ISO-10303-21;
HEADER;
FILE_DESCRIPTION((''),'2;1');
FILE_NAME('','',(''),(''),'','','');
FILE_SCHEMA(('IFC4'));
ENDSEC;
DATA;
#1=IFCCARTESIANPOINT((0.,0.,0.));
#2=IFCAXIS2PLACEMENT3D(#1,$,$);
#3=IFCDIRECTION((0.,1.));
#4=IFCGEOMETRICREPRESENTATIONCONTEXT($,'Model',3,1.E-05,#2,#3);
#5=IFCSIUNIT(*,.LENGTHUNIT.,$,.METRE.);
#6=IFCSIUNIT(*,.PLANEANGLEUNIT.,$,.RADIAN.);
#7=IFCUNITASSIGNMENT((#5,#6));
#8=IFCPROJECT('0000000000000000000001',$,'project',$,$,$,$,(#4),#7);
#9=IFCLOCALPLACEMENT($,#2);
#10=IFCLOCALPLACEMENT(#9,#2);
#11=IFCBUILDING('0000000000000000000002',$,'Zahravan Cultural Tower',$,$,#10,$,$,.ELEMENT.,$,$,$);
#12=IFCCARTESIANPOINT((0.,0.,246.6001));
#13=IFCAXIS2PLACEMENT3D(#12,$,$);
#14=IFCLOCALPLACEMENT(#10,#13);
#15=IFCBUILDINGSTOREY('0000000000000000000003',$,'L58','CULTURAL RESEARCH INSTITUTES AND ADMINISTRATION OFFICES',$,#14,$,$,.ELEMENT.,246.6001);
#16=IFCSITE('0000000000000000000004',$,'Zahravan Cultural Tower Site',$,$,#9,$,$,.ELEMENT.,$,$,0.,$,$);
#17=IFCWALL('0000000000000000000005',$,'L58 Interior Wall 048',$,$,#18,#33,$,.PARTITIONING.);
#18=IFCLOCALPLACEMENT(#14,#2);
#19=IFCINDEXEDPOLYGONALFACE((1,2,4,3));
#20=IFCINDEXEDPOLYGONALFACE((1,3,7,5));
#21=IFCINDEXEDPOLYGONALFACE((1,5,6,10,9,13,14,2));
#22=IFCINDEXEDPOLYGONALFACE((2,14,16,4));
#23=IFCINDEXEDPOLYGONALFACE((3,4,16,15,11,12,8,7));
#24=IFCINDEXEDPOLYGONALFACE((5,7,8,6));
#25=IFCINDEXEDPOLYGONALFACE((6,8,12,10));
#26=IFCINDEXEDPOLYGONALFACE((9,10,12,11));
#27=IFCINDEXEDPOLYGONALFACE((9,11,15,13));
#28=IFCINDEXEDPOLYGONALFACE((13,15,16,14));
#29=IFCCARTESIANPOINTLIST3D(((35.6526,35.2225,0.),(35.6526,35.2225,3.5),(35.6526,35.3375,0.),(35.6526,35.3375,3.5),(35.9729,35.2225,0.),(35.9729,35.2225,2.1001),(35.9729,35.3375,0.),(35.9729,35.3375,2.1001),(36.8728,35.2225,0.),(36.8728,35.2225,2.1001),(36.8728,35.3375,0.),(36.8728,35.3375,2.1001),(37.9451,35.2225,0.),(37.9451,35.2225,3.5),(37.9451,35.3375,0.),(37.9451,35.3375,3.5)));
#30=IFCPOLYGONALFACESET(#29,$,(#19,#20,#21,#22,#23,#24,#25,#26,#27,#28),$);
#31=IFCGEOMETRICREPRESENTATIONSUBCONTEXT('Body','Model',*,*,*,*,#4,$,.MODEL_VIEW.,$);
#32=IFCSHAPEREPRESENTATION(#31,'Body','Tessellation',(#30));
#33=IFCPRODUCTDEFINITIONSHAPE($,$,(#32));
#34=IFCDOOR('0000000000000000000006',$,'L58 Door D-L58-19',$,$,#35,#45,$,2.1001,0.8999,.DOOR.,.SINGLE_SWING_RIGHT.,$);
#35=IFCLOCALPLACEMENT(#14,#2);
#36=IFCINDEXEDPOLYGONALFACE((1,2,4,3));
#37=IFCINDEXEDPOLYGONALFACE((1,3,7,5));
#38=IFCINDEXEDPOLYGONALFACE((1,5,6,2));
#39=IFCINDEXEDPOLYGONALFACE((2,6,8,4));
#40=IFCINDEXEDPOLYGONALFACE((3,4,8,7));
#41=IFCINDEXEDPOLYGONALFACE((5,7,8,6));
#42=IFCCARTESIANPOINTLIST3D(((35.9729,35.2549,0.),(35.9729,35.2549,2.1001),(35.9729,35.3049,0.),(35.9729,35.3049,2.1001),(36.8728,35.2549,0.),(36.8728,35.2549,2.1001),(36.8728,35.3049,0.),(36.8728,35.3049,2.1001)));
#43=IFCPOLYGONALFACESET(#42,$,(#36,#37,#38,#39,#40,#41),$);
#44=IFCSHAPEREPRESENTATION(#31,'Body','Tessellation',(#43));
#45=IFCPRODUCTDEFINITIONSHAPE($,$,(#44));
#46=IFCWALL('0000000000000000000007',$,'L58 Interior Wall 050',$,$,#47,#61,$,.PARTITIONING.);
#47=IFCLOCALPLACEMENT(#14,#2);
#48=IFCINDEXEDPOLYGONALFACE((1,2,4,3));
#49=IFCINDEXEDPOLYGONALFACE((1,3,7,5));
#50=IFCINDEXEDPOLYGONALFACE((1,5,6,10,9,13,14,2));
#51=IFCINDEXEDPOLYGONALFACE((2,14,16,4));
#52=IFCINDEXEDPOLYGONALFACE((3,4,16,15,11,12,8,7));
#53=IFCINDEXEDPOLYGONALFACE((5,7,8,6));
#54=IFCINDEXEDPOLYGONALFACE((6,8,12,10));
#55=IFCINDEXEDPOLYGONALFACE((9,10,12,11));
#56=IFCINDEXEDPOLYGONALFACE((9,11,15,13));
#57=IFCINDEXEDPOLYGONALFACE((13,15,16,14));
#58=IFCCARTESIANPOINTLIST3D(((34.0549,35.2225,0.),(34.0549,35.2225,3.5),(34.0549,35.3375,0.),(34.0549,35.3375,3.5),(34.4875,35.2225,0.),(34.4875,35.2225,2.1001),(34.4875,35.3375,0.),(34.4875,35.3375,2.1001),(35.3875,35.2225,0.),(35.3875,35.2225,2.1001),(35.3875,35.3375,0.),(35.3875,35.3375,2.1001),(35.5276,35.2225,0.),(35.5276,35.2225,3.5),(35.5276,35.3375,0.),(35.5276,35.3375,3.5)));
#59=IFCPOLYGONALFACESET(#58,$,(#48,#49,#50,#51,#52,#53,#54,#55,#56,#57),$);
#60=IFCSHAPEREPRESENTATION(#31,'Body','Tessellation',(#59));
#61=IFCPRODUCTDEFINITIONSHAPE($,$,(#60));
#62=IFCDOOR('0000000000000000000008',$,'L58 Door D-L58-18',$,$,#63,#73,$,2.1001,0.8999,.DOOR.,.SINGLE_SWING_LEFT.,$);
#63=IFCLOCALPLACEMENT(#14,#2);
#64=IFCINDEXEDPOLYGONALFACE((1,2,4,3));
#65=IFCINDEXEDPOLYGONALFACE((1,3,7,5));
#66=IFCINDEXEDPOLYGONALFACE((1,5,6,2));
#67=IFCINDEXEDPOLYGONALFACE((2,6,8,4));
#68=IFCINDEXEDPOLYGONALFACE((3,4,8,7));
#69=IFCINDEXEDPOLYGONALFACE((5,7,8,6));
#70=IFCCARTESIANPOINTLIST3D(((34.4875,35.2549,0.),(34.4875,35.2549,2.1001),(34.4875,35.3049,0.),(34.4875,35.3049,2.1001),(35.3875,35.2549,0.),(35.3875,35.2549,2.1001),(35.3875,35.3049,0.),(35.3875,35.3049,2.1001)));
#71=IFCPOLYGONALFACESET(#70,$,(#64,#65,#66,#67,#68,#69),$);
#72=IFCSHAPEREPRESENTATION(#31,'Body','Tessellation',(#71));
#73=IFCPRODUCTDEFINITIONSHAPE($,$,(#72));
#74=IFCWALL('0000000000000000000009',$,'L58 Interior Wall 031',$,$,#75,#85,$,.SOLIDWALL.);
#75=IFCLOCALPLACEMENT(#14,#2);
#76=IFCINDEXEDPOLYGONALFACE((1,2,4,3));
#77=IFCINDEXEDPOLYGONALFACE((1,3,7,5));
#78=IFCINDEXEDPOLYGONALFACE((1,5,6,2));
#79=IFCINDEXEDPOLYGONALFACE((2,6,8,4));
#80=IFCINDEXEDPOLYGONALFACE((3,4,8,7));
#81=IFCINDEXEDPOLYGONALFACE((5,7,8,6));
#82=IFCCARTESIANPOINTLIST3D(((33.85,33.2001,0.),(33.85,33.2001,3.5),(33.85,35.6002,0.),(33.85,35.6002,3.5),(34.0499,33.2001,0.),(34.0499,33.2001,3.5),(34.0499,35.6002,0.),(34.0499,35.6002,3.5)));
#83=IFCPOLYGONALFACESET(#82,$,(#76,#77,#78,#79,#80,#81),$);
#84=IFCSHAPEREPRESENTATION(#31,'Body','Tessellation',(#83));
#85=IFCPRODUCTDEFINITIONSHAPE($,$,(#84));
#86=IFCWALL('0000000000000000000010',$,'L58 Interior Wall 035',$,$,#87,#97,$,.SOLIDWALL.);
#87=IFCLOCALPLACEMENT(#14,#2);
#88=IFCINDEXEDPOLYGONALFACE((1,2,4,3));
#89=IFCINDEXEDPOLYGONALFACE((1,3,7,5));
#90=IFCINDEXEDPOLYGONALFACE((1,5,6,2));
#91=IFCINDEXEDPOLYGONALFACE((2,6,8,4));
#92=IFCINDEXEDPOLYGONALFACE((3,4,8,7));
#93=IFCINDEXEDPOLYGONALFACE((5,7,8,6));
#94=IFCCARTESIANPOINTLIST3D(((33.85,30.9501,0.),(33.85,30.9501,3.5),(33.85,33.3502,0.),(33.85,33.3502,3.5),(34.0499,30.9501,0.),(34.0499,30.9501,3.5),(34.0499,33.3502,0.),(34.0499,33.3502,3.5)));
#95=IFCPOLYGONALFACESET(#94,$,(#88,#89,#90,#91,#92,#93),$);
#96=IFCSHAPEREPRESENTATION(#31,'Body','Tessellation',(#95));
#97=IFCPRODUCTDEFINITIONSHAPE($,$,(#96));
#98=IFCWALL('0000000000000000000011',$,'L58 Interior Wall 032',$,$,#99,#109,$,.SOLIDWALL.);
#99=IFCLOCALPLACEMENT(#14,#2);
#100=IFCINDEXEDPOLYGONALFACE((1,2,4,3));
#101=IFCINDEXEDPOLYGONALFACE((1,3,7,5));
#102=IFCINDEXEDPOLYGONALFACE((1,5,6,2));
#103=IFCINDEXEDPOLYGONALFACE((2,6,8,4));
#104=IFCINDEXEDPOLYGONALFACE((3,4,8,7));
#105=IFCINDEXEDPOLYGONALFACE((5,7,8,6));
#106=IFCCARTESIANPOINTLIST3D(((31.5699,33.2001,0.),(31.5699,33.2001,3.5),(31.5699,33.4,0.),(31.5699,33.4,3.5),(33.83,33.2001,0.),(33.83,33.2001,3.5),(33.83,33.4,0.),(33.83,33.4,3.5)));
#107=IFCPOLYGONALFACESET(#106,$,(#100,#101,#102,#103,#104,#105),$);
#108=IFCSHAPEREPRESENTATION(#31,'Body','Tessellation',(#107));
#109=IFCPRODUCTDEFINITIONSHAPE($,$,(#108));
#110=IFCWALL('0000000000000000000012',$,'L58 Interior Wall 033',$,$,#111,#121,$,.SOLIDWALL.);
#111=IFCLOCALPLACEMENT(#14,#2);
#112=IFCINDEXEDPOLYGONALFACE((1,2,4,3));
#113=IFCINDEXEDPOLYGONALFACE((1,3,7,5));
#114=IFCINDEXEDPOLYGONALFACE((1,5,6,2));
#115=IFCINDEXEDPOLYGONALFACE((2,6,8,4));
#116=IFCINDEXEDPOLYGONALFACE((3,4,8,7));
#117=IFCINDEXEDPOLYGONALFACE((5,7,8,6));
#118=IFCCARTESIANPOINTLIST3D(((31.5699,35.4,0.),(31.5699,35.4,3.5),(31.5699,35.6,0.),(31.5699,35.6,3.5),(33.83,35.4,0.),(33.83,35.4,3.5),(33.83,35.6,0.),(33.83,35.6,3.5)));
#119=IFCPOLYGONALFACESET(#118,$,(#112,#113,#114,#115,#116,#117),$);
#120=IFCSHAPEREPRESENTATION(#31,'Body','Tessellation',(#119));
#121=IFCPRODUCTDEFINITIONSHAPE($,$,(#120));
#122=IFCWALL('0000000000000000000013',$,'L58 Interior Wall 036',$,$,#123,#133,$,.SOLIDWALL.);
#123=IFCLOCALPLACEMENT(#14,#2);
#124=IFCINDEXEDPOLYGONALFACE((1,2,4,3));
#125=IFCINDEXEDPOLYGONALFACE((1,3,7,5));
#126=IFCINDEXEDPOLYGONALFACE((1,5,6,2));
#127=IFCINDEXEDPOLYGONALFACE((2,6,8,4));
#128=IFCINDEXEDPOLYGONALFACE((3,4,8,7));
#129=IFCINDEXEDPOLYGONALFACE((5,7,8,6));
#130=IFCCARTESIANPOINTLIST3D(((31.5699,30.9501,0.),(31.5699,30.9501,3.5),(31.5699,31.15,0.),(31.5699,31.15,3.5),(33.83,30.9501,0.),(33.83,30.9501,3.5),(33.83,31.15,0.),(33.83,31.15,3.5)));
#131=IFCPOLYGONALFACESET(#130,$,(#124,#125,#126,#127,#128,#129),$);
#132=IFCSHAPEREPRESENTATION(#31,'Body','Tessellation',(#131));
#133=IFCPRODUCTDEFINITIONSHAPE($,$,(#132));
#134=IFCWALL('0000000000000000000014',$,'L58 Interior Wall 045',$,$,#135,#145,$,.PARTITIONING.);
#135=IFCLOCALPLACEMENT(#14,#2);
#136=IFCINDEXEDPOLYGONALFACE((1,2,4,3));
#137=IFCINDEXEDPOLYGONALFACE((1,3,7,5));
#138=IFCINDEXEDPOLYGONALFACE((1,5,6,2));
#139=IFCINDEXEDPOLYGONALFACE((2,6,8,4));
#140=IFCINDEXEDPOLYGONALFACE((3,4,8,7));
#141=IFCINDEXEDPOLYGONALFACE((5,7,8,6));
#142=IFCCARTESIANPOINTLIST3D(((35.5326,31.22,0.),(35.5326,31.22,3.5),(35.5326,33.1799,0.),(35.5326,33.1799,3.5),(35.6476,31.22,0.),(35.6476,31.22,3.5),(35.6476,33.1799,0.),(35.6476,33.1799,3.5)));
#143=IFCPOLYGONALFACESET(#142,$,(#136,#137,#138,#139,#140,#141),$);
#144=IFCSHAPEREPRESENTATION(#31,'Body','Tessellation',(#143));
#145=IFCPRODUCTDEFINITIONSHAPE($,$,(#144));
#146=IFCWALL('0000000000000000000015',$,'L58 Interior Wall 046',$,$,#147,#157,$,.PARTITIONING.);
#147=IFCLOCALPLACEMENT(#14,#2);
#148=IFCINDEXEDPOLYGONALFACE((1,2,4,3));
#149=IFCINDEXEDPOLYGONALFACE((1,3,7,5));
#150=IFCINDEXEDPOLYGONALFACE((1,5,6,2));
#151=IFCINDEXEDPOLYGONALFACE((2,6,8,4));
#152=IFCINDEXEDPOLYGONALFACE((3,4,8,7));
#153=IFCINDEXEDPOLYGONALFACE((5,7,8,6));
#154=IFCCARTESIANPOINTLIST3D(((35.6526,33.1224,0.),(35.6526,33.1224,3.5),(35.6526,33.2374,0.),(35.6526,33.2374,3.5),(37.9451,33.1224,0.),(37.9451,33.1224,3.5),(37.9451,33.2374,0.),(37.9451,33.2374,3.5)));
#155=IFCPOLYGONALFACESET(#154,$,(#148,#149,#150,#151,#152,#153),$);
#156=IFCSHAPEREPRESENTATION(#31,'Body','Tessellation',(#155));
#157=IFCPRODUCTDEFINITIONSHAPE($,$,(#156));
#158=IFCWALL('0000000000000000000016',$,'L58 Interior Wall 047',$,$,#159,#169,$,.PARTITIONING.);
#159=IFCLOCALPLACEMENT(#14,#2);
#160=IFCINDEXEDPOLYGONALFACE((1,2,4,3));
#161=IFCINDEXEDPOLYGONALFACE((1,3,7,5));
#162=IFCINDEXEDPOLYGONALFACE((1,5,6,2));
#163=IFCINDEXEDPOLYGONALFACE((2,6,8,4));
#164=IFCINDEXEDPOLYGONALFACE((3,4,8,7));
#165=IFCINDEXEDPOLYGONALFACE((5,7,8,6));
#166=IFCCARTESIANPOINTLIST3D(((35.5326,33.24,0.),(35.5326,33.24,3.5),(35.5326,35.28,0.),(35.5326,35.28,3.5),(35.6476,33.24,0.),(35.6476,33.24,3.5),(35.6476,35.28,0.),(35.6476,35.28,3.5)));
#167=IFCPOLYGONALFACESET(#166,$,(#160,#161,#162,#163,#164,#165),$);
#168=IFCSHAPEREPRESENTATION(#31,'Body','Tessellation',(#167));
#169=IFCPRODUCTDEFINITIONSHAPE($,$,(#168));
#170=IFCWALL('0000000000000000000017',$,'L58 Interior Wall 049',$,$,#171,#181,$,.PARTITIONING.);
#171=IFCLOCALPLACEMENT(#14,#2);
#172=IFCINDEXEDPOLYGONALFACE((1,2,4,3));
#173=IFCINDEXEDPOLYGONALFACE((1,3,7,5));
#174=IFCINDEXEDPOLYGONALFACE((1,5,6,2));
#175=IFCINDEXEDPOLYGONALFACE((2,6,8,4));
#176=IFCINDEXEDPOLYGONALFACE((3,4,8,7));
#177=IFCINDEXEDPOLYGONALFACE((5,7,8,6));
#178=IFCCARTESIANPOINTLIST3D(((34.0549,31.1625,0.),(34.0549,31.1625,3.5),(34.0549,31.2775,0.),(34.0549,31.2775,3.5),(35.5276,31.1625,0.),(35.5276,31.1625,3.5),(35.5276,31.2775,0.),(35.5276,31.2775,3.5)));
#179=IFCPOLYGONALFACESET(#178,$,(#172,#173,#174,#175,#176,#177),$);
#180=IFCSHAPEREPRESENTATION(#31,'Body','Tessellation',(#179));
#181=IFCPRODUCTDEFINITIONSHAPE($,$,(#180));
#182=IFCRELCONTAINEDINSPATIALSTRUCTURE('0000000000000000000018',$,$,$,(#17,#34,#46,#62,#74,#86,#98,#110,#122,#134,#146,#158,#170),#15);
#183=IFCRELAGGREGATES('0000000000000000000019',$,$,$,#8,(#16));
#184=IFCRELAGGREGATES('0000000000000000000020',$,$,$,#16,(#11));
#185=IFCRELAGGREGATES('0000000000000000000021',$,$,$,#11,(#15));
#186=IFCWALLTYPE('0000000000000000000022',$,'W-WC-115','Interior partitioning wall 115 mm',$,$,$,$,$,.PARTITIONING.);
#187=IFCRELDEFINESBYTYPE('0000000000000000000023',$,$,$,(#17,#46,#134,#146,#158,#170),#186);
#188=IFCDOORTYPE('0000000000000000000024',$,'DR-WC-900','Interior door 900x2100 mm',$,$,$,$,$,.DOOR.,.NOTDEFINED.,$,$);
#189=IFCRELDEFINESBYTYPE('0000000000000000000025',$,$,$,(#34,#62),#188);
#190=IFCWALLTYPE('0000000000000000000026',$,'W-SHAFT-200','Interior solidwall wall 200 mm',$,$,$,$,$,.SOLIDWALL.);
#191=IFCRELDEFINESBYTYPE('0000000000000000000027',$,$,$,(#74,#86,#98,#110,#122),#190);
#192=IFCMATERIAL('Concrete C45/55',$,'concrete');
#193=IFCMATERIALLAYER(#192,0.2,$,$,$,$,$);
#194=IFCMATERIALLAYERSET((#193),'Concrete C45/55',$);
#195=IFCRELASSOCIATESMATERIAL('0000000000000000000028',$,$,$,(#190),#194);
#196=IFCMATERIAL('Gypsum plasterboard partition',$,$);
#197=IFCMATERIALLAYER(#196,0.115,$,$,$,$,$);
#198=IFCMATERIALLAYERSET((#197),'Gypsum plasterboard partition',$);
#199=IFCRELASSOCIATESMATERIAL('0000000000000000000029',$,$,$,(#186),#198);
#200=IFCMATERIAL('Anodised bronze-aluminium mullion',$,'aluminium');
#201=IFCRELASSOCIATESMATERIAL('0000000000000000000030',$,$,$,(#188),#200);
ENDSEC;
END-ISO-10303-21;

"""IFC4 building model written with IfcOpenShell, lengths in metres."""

from ifc_helpers import new_model, si_unit, direction, frame, frame_2d, origin, place, context, subcontext, project, spatial, rectangle, extrude, source, transform, mapped, material, layer, layer_set, type_object, element, fill, save


model = new_model("IFC4")

# Units and contexts
model_context = context("Model", 3, precision=1e-05, world=origin(), true_north=direction((0.0, 1.0)))
body_context = subcontext(model_context, "Body", "Model", "MODEL_VIEW")
ifc_project = project(units=[si_unit("LENGTHUNIT", "METRE"), si_unit("PLANEANGLEUNIT", "RADIAN")], contexts=[model_context])

# Site, building, storey
site_placement = place(None, origin())
site = spatial("IfcSite", under=ifc_project, at=site_placement, Name="Zahravan Cultural Tower Site", CompositionType="ELEMENT", RefElevation=0.0)
building_placement = place(site_placement, origin())
building = spatial("IfcBuilding", under=site, at=building_placement, Name="Zahravan Cultural Tower", CompositionType="ELEMENT")
storey_placement = place(building_placement, frame((0.0, 0.0, 246.6001)))
storey = spatial("IfcBuildingStorey", under=building, at=storey_placement, Name="L58", Description="CULTURAL RESEARCH INSTITUTES AND ADMINISTRATION OFFICES", CompositionType="ELEMENT", Elevation=246.6001)

# Walls, openings, doors
ifc_material_1 = material(Name="Gypsum plasterboard partition")
ifc_material_2 = material(Name="Anodised bronze-aluminium mullion", Category="aluminium")
ifc_material_3 = material(Name="Concrete C45/55", Category="concrete")
ifc_layer_1 = layer(ifc_material_3, 0.2)
ifc_layer_set_1 = layer_set([ifc_layer_1], Name="Concrete C45/55")
wall_type_1 = type_object("IfcWallType", Name="W-SHAFT-200", Description="Interior solidwall wall 200 mm", PredefinedType="SOLIDWALL", material=ifc_layer_set_1)
ifc_layer_2 = layer(ifc_material_1, 0.115)
ifc_layer_set_2 = layer_set([ifc_layer_2], Name="Gypsum plasterboard partition")
wall_type_2 = type_object("IfcWallType", Name="W-WC-115", Description="Interior partitioning wall 115 mm", PredefinedType="PARTITIONING", material=ifc_layer_set_2)
wall_1_placement = place(storey_placement, frame((35.6526, 35.28, 0.0), z_axis=(0.0, 0.0, 1.0), x_axis=(1.0, 0.0, 0.0)))
wall_1 = element("IfcWall", 1, at=wall_1_placement, inside=storey, type_object=wall_type_2, Name="L58 Interior Wall 048", PredefinedType="PARTITIONING", context=body_context, shape_type="SweptSolid", body=[
    extrude(rectangle(XDim=2.2925, YDim=0.115, at=frame_2d((1.1462, 0.0))), origin(), (0.0, 0.0, 1.0), 3.5),
])
opening_1_placement = place(wall_1_placement, frame((0.3203, 0.0, 0.0)))
opening_1 = element("IfcOpeningElement", 2, at=opening_1_placement, cuts=wall_1, PredefinedType="OPENING", context=body_context, shape_type="SweptSolid", body=[
    extrude(rectangle(XDim=0.8999, YDim=2.1001, at=frame_2d((0.45, 1.05))), frame((0.0, 0.0674, 0.0), z_axis=(0.0, -1.0, 0.0), x_axis=(1.0, 0.0, 0.0)), (0.0, 0.0, 1.0), 0.135),
])
door_type_1 = type_object("IfcDoorType", Name="DR-WC-900", Description="Interior door 900x2100 mm", OperationType="NOTDEFINED", PredefinedType="DOOR", material=ifc_material_2)
shared_shape_1 = source(origin(), body_context, "Body", "SweptSolid", [
    extrude(rectangle(XDim=0.8999, YDim=2.1001, at=frame_2d((0.45, 1.05))), frame((0.0, 0.0249, 0.0), z_axis=(0.0, -1.0, 0.0), x_axis=(1.0, 0.0, 0.0)), (0.0, 0.0, 1.0), 0.05),
])
door_1_placement = place(opening_1_placement, origin())
door_1 = element("IfcDoor", 3, at=door_1_placement, inside=storey, type_object=door_type_1, Name="L58 Door D-L58-19", OperationType="SINGLE_SWING_RIGHT", OverallHeight=2.1001, OverallWidth=0.8999, PredefinedType="DOOR", context=body_context, shape_type="MappedRepresentation", body=[
    mapped(shared_shape_1, transform((0.0, 0.0, 0.0), x_axis=(1.0, 0.0, 0.0), y_axis=(0.0, 1.0, 0.0), z_axis=(0.0, 0.0, 1.0), scale=1.0)),
])
fill(opening_1, door_1)
wall_2_placement = place(storey_placement, frame((34.0549, 35.28, 0.0), z_axis=(0.0, 0.0, 1.0), x_axis=(1.0, 0.0, 0.0)))
wall_2 = element("IfcWall", 4, at=wall_2_placement, inside=storey, type_object=wall_type_2, Name="L58 Interior Wall 050", PredefinedType="PARTITIONING", context=body_context, shape_type="SweptSolid", body=[
    extrude(rectangle(XDim=1.4727, YDim=0.115, at=frame_2d((0.7363, 0.0))), origin(), (0.0, 0.0, 1.0), 3.5),
])
opening_2_placement = place(wall_2_placement, frame((0.4326, 0.0, 0.0)))
opening_2 = element("IfcOpeningElement", 5, at=opening_2_placement, cuts=wall_2, PredefinedType="OPENING", context=body_context, shape_type="SweptSolid", body=[
    extrude(rectangle(XDim=0.8999, YDim=2.1001, at=frame_2d((0.45, 1.05))), frame((0.0, 0.0674, 0.0), z_axis=(0.0, -1.0, 0.0), x_axis=(1.0, 0.0, 0.0)), (0.0, 0.0, 1.0), 0.135),
])
door_2_placement = place(opening_2_placement, origin())
door_2 = element("IfcDoor", 6, at=door_2_placement, inside=storey, type_object=door_type_1, Name="L58 Door D-L58-18", OperationType="SINGLE_SWING_LEFT", OverallHeight=2.1001, OverallWidth=0.8999, PredefinedType="DOOR", context=body_context, shape_type="MappedRepresentation", body=[
    mapped(shared_shape_1, transform((0.0, 0.0, 0.0), x_axis=(1.0, 0.0, 0.0), y_axis=(0.0, 1.0, 0.0), z_axis=(0.0, 0.0, 1.0), scale=1.0)),
])
fill(opening_2, door_2)

# Walls
shared_shape_2 = source(origin(), body_context, "Body", "SweptSolid", [
    extrude(rectangle(XDim=2.4001, YDim=0.2, at=frame_2d((1.2002, 0.0))), origin(), (0.0, 0.0, 1.0), 3.5),
])
for number, where, z_axis, x_axis, name in (
    (7, (33.95, 33.2, 0.0), (0.0, 0.0, 1.0), (0.0, 1.0, 0.0), "L58 Interior Wall 031"),
    (8, (33.95, 30.95, 0.0), (0.0, 0.0, 1.0), (0.0, 1.0, 0.0), "L58 Interior Wall 035"),
):
    element("IfcWall", number, at=place(storey_placement, frame(where, z_axis=z_axis, x_axis=x_axis)), inside=storey, type_object=wall_type_1, Name=name, PredefinedType="SOLIDWALL", context=body_context, shape_type="MappedRepresentation", body=[
        mapped(shared_shape_2, transform((0.0, 0.0, 0.0), x_axis=(1.0, 0.0, 0.0), y_axis=(0.0, 1.0, 0.0), z_axis=(0.0, 0.0, 1.0), scale=1.0)),
    ])
shared_shape_3 = source(origin(), body_context, "Body", "SweptSolid", [
    extrude(rectangle(XDim=2.26, YDim=0.2, at=frame_2d((1.1299, 0.0))), origin(), (0.0, 0.0, 1.0), 3.5),
])
for number, where, z_axis, x_axis, name in (
    (9, (31.5701, 33.3, 0.0), (0.0, 0.0, 1.0), (1.0, 0.0, 0.0), "L58 Interior Wall 032"),
    (10, (31.5701, 35.5, 0.0), (0.0, 0.0, 1.0), (1.0, 0.0, 0.0), "L58 Interior Wall 033"),
    (11, (31.5701, 31.05, 0.0), (0.0, 0.0, 1.0), (1.0, 0.0, 0.0), "L58 Interior Wall 036"),
):
    element("IfcWall", number, at=place(storey_placement, frame(where, z_axis=z_axis, x_axis=x_axis)), inside=storey, type_object=wall_type_1, Name=name, PredefinedType="SOLIDWALL", context=body_context, shape_type="MappedRepresentation", body=[
        mapped(shared_shape_3, transform((0.0, 0.0, 0.0), x_axis=(1.0, 0.0, 0.0), y_axis=(0.0, 1.0, 0.0), z_axis=(0.0, 0.0, 1.0), scale=1.0)),
    ])
shared_shape_4 = source(origin(), body_context, "Body", "SweptSolid", [
    extrude(rectangle(XDim=1.96, YDim=0.115, at=frame_2d((0.98, 0.0))), origin(), (0.0, 0.0, 1.0), 3.5),
])
wall_3_placement = place(storey_placement, frame((35.5901, 31.22, 0.0), z_axis=(0.0, 0.0, 1.0), x_axis=(0.0, 1.0, 0.0)))
element("IfcWall", 12, at=wall_3_placement, inside=storey, type_object=wall_type_2, Name="L58 Interior Wall 045", PredefinedType="PARTITIONING", context=body_context, shape_type="MappedRepresentation", body=[
    mapped(shared_shape_4, transform((0.0, 0.0, 0.0), x_axis=(1.0, 0.0, 0.0), y_axis=(0.0, 1.0, 0.0), z_axis=(0.0, 0.0, 1.0), scale=1.0)),
])
shared_shape_5 = source(origin(), body_context, "Body", "SweptSolid", [
    extrude(rectangle(XDim=2.2925, YDim=0.115, at=frame_2d((1.1462, 0.0))), origin(), (0.0, 0.0, 1.0), 3.5),
])
wall_4_placement = place(storey_placement, frame((35.6526, 33.1799, 0.0), z_axis=(0.0, 0.0, 1.0), x_axis=(1.0, 0.0, 0.0)))
element("IfcWall", 13, at=wall_4_placement, inside=storey, type_object=wall_type_2, Name="L58 Interior Wall 046", PredefinedType="PARTITIONING", context=body_context, shape_type="MappedRepresentation", body=[
    mapped(shared_shape_5, transform((0.0, 0.0, 0.0), x_axis=(1.0, 0.0, 0.0), y_axis=(0.0, 1.0, 0.0), z_axis=(0.0, 0.0, 1.0), scale=1.0)),
])
shared_shape_6 = source(origin(), body_context, "Body", "SweptSolid", [
    extrude(rectangle(XDim=2.04, YDim=0.115, at=frame_2d((1.02, 0.0))), origin(), (0.0, 0.0, 1.0), 3.5),
])
wall_5_placement = place(storey_placement, frame((35.5901, 33.24, 0.0), z_axis=(0.0, 0.0, 1.0), x_axis=(0.0, 1.0, 0.0)))
element("IfcWall", 14, at=wall_5_placement, inside=storey, type_object=wall_type_2, Name="L58 Interior Wall 047", PredefinedType="PARTITIONING", context=body_context, shape_type="MappedRepresentation", body=[
    mapped(shared_shape_6, transform((0.0, 0.0, 0.0), x_axis=(1.0, 0.0, 0.0), y_axis=(0.0, 1.0, 0.0), z_axis=(0.0, 0.0, 1.0), scale=1.0)),
])
shared_shape_7 = source(origin(), body_context, "Body", "SweptSolid", [
    extrude(rectangle(XDim=1.4727, YDim=0.115, at=frame_2d((0.7363, 0.0))), origin(), (0.0, 0.0, 1.0), 3.5),
])
wall_6_placement = place(storey_placement, frame((35.5276, 31.22, 0.0), z_axis=(0.0, 0.0, 1.0), x_axis=(-1.0, 0.0, 0.0)))
element("IfcWall", 15, at=wall_6_placement, inside=storey, type_object=wall_type_2, Name="L58 Interior Wall 049", PredefinedType="PARTITIONING", context=body_context, shape_type="MappedRepresentation", body=[
    mapped(shared_shape_7, transform((0.0, 0.0, 0.0), x_axis=(1.0, 0.0, 0.0), y_axis=(0.0, 1.0, 0.0), z_axis=(0.0, 0.0, 1.0), scale=1.0)),
])

save(model, "model.ifc")
